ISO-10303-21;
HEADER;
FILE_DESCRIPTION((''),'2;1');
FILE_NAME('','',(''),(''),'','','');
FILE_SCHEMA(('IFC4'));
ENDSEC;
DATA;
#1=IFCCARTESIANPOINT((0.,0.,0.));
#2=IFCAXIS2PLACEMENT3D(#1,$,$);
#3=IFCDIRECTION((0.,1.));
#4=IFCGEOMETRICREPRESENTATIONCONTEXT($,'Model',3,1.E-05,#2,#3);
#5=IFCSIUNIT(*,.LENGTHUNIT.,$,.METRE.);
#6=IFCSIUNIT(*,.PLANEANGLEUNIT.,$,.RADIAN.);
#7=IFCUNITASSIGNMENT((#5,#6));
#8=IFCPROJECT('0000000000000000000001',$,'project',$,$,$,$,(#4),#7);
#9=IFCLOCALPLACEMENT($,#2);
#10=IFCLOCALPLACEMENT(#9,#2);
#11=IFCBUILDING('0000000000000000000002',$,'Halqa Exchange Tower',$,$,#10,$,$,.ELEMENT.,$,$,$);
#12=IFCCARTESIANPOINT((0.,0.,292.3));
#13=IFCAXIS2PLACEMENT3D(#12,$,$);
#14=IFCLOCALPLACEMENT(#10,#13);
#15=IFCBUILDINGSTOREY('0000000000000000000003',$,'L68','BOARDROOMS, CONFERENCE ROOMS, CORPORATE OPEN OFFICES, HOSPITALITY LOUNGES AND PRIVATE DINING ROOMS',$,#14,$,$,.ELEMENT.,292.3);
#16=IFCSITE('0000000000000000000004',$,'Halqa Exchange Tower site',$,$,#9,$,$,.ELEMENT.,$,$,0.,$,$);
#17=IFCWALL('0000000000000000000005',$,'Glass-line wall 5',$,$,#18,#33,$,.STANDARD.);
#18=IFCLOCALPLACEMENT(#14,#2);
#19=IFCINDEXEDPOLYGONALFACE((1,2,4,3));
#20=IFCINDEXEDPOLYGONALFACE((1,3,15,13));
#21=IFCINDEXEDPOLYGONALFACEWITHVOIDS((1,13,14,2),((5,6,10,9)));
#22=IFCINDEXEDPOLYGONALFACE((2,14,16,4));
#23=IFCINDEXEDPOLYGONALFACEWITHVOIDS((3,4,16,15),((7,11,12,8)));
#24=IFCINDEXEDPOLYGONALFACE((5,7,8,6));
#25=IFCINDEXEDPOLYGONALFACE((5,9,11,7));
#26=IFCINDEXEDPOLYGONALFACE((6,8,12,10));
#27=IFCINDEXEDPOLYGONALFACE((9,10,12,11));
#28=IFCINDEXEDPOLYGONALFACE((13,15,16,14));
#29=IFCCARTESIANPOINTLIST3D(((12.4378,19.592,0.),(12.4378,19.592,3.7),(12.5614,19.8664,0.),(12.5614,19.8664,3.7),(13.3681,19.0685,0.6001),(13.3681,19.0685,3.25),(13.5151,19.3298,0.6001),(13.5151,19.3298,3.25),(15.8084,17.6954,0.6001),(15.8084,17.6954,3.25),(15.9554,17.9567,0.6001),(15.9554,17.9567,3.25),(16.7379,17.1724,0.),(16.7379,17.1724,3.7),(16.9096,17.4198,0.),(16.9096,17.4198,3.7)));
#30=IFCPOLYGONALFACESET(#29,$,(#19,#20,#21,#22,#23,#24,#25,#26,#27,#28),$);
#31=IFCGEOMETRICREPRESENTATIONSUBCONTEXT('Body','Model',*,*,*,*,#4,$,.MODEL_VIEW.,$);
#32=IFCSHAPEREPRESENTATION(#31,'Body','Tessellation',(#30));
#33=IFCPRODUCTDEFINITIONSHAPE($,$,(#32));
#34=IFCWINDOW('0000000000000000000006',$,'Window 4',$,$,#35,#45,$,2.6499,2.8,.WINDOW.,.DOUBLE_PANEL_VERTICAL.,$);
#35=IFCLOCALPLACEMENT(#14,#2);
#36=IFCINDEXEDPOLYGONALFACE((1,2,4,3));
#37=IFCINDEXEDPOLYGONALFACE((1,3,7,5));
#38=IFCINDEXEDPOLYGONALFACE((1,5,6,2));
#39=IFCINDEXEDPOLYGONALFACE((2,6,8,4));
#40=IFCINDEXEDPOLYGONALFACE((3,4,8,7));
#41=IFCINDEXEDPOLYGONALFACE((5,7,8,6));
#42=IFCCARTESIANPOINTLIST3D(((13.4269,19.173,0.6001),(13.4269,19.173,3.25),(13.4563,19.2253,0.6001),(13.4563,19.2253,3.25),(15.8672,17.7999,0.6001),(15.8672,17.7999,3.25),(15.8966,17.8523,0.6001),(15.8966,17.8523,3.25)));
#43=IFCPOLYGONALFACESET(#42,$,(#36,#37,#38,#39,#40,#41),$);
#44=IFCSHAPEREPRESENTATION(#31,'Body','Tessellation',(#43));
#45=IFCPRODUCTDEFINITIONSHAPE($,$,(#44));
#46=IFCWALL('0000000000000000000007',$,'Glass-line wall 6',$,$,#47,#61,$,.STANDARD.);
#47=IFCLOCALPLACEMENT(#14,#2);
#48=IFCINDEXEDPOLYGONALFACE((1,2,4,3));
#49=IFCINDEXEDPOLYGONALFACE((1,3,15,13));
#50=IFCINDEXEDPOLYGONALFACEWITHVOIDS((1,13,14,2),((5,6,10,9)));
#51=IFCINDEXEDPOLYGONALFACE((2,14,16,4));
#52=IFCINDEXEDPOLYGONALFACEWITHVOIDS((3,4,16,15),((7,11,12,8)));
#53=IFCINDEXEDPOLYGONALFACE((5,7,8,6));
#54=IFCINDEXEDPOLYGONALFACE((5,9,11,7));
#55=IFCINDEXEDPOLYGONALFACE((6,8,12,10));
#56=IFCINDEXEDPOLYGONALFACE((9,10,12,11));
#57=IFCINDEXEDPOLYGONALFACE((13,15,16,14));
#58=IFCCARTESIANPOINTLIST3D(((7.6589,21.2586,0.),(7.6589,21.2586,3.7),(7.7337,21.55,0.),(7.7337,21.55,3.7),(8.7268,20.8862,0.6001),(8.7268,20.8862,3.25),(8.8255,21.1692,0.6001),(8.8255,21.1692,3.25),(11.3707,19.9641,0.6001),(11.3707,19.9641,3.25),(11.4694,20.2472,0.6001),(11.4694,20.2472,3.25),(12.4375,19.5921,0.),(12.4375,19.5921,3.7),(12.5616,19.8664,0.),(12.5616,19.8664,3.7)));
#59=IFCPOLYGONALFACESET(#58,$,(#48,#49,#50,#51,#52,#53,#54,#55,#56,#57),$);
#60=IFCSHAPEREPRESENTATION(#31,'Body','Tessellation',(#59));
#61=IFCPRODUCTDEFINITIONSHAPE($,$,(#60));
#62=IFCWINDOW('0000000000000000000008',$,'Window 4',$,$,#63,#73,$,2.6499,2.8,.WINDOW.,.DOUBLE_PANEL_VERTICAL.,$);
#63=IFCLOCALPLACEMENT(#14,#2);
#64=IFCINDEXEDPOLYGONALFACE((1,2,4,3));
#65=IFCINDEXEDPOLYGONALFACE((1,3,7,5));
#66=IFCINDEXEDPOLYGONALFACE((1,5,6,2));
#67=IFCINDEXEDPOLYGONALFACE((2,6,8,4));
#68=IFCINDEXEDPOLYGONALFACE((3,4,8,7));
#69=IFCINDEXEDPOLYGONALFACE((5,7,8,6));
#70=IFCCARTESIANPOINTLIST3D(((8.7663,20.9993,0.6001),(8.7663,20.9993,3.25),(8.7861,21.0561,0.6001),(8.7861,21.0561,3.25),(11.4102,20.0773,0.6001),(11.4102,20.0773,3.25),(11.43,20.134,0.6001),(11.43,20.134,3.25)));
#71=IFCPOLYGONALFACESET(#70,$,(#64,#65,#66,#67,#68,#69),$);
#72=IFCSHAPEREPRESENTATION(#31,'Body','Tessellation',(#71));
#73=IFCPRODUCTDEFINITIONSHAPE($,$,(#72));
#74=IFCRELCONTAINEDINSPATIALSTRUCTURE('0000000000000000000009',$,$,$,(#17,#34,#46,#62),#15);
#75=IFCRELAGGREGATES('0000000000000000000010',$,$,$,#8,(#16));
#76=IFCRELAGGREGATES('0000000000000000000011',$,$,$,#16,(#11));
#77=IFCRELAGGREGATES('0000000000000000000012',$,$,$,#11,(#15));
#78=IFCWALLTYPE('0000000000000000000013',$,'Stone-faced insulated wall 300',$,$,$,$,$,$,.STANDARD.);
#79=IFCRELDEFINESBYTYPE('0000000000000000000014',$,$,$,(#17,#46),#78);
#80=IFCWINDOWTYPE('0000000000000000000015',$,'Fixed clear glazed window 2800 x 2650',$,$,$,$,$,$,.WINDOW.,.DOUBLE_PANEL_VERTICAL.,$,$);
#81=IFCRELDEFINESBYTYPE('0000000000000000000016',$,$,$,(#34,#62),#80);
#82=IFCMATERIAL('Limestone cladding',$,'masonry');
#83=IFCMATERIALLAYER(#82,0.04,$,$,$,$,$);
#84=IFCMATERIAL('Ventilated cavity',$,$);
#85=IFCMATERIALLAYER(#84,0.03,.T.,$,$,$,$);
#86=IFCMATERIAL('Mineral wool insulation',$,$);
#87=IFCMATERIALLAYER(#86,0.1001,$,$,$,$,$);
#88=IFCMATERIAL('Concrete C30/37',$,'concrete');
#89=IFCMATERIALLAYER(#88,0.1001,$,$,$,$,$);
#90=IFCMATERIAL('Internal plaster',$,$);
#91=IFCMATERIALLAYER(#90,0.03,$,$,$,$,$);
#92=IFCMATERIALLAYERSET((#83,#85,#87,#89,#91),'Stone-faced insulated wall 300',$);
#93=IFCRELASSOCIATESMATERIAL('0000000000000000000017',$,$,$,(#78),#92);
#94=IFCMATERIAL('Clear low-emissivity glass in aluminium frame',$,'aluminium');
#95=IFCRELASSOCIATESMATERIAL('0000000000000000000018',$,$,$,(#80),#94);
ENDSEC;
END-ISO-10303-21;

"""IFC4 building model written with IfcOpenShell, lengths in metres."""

from ifc_helpers import new_model, si_unit, direction, frame, frame_2d, origin, place, context, subcontext, project, spatial, polyline, rectangle, outline, extrude, material, layer, layer_set, type_object, element, fill, save


model = new_model("IFC4")

# Units and contexts
model_context = context("Model", 3, precision=1e-05, world=origin(), true_north=direction((0.0, 1.0)))
body_context = subcontext(model_context, "Body", "Model", "MODEL_VIEW")
ifc_project = project(units=[si_unit("LENGTHUNIT", "METRE"), si_unit("PLANEANGLEUNIT", "RADIAN")], contexts=[model_context])

# Site, building, storey
site_placement = place(None, origin())
site = spatial("IfcSite", under=ifc_project, at=site_placement, Name="Halqa Exchange Tower site", CompositionType="ELEMENT", RefElevation=0.0)
building_placement = place(site_placement, origin())
building = spatial("IfcBuilding", under=site, at=building_placement, Name="Halqa Exchange Tower", CompositionType="ELEMENT")
storey_placement = place(building_placement, frame((0.0, 0.0, 292.3)))
storey = spatial("IfcBuildingStorey", under=building, at=storey_placement, Name="L68", Description="BOARDROOMS, CONFERENCE ROOMS, CORPORATE OPEN OFFICES, HOSPITALITY LOUNGES AND PRIVATE DINING ROOMS", CompositionType="ELEMENT", Elevation=292.3)

# Shared definitions
ifc_material_1 = material(Name="Limestone cladding", Category="masonry")
ifc_layer_1 = layer(ifc_material_1, 0.04)
ifc_material_2 = material(Name="Ventilated cavity")
ifc_layer_2 = layer(ifc_material_2, 0.03, ventilated=True)
ifc_material_3 = material(Name="Mineral wool insulation")
ifc_layer_3 = layer(ifc_material_3, 0.1001)
ifc_material_4 = material(Name="Concrete C30/37", Category="concrete")
ifc_layer_4 = layer(ifc_material_4, 0.1001)
ifc_material_5 = material(Name="Internal plaster")
ifc_layer_5 = layer(ifc_material_5, 0.03)
ifc_layer_set = layer_set([ifc_layer_1, ifc_layer_2, ifc_layer_3, ifc_layer_4, ifc_layer_5], Name="Stone-faced insulated wall 300")
wall_type = type_object("IfcWallType", Name="Stone-faced insulated wall 300", PredefinedType="STANDARD", material=ifc_layer_set)
ifc_material_6 = material(Name="Clear low-emissivity glass in aluminium frame", Category="aluminium")

# Walls, openings, windows
wall_1_placement = place(storey_placement, frame((16.8237, 17.2961, 0.0), z_axis=(0.0, 0.0, 1.0), x_axis=(-0.871512, 0.490373, 0.0)))
wall_1 = element("IfcWall", 1, at=wall_1_placement, inside=storey, type_object=wall_type, Name="Glass-line wall 5", PredefinedType="STANDARD", context=body_context, shape_type="SweptSolid", body=[
    extrude(outline(polyline([(-0.0142, -0.1499), (4.9751, -0.1499), (4.9482, 0.1499), (0.0142, 0.1499), (-0.0142, -0.1499)])), origin(), (0.0, 0.0, 1.0), 3.7),
])
opening_1_placement = place(wall_1_placement, frame((1.0808, 0.0, 0.6001)))
opening_1 = element("IfcOpeningElement", 2, at=opening_1_placement, cuts=wall_1, PredefinedType="OPENING", context=body_context, shape_type="SweptSolid", body=[
    extrude(rectangle(XDim=2.8, YDim=2.6499, at=frame_2d((1.3999, 1.325))), frame((0.0, 0.1621, 0.0), z_axis=(0.0, -1.0, 0.0), x_axis=(1.0, 0.0, 0.0)), (0.0, 0.0, 1.0), 0.324),
])
window_type = type_object("IfcWindowType", Name="Fixed clear glazed window 2800 x 2650", PartitioningType="DOUBLE_PANEL_VERTICAL", PredefinedType="WINDOW", material=ifc_material_6)
window_1_placement = place(opening_1_placement, origin())
window_1 = element("IfcWindow", 3, at=window_1_placement, inside=storey, type_object=window_type, Name="Window 4", OverallHeight=2.6499, OverallWidth=2.8, PartitioningType="DOUBLE_PANEL_VERTICAL", PredefinedType="WINDOW", context=body_context, shape_type="SweptSolid", body=[
    extrude(rectangle(XDim=2.8, YDim=2.6499, at=frame_2d((1.3999, 1.325))), frame((0.0, 0.03, 0.0), z_axis=(0.0, -1.0, 0.0), x_axis=(1.0, 0.0, 0.0)), (0.0, 0.0, 1.0), 0.0601),
])
fill(opening_1, window_1)
wall_2_placement = place(storey_placement, frame((12.4995, 19.7292, 0.0), z_axis=(0.0, 0.0, 1.0), x_axis=(-0.94423, 0.329286, 0.0)))
wall_2 = element("IfcWall", 4, at=wall_2_placement, inside=storey, type_object=wall_type, Name="Glass-line wall 6", PredefinedType="STANDARD", context=body_context, shape_type="SweptSolid", body=[
    extrude(outline(polyline([(-0.0134, -0.1499), (5.0996, -0.1499), (5.0742, 0.1499), (0.0134, 0.1499), (-0.0134, -0.1499)])), origin(), (0.0, 0.0, 1.0), 3.7),
])
opening_2_placement = place(wall_2_placement, frame((1.1433, 0.0, 0.6001)))
opening_2 = element("IfcOpeningElement", 5, at=opening_2_placement, cuts=wall_2, PredefinedType="OPENING", context=body_context, shape_type="SweptSolid", body=[
    extrude(rectangle(XDim=2.8, YDim=2.6499, at=frame_2d((1.3999, 1.325))), frame((0.0, 0.1621, 0.0), z_axis=(0.0, -1.0, 0.0), x_axis=(1.0, 0.0, 0.0)), (0.0, 0.0, 1.0), 0.324),
])
window_2_placement = place(opening_2_placement, origin())
window_2 = element("IfcWindow", 6, at=window_2_placement, inside=storey, type_object=window_type, Name="Window 4", OverallHeight=2.6499, OverallWidth=2.8, PartitioningType="DOUBLE_PANEL_VERTICAL", PredefinedType="WINDOW", context=body_context, shape_type="SweptSolid", body=[
    extrude(rectangle(XDim=2.8, YDim=2.6499, at=frame_2d((1.3999, 1.325))), frame((0.0, 0.03, 0.0), z_axis=(0.0, -1.0, 0.0), x_axis=(1.0, 0.0, 0.0)), (0.0, 0.0, 1.0), 0.0601),
])
fill(opening_2, window_2)

save(model, "model.ifc")
